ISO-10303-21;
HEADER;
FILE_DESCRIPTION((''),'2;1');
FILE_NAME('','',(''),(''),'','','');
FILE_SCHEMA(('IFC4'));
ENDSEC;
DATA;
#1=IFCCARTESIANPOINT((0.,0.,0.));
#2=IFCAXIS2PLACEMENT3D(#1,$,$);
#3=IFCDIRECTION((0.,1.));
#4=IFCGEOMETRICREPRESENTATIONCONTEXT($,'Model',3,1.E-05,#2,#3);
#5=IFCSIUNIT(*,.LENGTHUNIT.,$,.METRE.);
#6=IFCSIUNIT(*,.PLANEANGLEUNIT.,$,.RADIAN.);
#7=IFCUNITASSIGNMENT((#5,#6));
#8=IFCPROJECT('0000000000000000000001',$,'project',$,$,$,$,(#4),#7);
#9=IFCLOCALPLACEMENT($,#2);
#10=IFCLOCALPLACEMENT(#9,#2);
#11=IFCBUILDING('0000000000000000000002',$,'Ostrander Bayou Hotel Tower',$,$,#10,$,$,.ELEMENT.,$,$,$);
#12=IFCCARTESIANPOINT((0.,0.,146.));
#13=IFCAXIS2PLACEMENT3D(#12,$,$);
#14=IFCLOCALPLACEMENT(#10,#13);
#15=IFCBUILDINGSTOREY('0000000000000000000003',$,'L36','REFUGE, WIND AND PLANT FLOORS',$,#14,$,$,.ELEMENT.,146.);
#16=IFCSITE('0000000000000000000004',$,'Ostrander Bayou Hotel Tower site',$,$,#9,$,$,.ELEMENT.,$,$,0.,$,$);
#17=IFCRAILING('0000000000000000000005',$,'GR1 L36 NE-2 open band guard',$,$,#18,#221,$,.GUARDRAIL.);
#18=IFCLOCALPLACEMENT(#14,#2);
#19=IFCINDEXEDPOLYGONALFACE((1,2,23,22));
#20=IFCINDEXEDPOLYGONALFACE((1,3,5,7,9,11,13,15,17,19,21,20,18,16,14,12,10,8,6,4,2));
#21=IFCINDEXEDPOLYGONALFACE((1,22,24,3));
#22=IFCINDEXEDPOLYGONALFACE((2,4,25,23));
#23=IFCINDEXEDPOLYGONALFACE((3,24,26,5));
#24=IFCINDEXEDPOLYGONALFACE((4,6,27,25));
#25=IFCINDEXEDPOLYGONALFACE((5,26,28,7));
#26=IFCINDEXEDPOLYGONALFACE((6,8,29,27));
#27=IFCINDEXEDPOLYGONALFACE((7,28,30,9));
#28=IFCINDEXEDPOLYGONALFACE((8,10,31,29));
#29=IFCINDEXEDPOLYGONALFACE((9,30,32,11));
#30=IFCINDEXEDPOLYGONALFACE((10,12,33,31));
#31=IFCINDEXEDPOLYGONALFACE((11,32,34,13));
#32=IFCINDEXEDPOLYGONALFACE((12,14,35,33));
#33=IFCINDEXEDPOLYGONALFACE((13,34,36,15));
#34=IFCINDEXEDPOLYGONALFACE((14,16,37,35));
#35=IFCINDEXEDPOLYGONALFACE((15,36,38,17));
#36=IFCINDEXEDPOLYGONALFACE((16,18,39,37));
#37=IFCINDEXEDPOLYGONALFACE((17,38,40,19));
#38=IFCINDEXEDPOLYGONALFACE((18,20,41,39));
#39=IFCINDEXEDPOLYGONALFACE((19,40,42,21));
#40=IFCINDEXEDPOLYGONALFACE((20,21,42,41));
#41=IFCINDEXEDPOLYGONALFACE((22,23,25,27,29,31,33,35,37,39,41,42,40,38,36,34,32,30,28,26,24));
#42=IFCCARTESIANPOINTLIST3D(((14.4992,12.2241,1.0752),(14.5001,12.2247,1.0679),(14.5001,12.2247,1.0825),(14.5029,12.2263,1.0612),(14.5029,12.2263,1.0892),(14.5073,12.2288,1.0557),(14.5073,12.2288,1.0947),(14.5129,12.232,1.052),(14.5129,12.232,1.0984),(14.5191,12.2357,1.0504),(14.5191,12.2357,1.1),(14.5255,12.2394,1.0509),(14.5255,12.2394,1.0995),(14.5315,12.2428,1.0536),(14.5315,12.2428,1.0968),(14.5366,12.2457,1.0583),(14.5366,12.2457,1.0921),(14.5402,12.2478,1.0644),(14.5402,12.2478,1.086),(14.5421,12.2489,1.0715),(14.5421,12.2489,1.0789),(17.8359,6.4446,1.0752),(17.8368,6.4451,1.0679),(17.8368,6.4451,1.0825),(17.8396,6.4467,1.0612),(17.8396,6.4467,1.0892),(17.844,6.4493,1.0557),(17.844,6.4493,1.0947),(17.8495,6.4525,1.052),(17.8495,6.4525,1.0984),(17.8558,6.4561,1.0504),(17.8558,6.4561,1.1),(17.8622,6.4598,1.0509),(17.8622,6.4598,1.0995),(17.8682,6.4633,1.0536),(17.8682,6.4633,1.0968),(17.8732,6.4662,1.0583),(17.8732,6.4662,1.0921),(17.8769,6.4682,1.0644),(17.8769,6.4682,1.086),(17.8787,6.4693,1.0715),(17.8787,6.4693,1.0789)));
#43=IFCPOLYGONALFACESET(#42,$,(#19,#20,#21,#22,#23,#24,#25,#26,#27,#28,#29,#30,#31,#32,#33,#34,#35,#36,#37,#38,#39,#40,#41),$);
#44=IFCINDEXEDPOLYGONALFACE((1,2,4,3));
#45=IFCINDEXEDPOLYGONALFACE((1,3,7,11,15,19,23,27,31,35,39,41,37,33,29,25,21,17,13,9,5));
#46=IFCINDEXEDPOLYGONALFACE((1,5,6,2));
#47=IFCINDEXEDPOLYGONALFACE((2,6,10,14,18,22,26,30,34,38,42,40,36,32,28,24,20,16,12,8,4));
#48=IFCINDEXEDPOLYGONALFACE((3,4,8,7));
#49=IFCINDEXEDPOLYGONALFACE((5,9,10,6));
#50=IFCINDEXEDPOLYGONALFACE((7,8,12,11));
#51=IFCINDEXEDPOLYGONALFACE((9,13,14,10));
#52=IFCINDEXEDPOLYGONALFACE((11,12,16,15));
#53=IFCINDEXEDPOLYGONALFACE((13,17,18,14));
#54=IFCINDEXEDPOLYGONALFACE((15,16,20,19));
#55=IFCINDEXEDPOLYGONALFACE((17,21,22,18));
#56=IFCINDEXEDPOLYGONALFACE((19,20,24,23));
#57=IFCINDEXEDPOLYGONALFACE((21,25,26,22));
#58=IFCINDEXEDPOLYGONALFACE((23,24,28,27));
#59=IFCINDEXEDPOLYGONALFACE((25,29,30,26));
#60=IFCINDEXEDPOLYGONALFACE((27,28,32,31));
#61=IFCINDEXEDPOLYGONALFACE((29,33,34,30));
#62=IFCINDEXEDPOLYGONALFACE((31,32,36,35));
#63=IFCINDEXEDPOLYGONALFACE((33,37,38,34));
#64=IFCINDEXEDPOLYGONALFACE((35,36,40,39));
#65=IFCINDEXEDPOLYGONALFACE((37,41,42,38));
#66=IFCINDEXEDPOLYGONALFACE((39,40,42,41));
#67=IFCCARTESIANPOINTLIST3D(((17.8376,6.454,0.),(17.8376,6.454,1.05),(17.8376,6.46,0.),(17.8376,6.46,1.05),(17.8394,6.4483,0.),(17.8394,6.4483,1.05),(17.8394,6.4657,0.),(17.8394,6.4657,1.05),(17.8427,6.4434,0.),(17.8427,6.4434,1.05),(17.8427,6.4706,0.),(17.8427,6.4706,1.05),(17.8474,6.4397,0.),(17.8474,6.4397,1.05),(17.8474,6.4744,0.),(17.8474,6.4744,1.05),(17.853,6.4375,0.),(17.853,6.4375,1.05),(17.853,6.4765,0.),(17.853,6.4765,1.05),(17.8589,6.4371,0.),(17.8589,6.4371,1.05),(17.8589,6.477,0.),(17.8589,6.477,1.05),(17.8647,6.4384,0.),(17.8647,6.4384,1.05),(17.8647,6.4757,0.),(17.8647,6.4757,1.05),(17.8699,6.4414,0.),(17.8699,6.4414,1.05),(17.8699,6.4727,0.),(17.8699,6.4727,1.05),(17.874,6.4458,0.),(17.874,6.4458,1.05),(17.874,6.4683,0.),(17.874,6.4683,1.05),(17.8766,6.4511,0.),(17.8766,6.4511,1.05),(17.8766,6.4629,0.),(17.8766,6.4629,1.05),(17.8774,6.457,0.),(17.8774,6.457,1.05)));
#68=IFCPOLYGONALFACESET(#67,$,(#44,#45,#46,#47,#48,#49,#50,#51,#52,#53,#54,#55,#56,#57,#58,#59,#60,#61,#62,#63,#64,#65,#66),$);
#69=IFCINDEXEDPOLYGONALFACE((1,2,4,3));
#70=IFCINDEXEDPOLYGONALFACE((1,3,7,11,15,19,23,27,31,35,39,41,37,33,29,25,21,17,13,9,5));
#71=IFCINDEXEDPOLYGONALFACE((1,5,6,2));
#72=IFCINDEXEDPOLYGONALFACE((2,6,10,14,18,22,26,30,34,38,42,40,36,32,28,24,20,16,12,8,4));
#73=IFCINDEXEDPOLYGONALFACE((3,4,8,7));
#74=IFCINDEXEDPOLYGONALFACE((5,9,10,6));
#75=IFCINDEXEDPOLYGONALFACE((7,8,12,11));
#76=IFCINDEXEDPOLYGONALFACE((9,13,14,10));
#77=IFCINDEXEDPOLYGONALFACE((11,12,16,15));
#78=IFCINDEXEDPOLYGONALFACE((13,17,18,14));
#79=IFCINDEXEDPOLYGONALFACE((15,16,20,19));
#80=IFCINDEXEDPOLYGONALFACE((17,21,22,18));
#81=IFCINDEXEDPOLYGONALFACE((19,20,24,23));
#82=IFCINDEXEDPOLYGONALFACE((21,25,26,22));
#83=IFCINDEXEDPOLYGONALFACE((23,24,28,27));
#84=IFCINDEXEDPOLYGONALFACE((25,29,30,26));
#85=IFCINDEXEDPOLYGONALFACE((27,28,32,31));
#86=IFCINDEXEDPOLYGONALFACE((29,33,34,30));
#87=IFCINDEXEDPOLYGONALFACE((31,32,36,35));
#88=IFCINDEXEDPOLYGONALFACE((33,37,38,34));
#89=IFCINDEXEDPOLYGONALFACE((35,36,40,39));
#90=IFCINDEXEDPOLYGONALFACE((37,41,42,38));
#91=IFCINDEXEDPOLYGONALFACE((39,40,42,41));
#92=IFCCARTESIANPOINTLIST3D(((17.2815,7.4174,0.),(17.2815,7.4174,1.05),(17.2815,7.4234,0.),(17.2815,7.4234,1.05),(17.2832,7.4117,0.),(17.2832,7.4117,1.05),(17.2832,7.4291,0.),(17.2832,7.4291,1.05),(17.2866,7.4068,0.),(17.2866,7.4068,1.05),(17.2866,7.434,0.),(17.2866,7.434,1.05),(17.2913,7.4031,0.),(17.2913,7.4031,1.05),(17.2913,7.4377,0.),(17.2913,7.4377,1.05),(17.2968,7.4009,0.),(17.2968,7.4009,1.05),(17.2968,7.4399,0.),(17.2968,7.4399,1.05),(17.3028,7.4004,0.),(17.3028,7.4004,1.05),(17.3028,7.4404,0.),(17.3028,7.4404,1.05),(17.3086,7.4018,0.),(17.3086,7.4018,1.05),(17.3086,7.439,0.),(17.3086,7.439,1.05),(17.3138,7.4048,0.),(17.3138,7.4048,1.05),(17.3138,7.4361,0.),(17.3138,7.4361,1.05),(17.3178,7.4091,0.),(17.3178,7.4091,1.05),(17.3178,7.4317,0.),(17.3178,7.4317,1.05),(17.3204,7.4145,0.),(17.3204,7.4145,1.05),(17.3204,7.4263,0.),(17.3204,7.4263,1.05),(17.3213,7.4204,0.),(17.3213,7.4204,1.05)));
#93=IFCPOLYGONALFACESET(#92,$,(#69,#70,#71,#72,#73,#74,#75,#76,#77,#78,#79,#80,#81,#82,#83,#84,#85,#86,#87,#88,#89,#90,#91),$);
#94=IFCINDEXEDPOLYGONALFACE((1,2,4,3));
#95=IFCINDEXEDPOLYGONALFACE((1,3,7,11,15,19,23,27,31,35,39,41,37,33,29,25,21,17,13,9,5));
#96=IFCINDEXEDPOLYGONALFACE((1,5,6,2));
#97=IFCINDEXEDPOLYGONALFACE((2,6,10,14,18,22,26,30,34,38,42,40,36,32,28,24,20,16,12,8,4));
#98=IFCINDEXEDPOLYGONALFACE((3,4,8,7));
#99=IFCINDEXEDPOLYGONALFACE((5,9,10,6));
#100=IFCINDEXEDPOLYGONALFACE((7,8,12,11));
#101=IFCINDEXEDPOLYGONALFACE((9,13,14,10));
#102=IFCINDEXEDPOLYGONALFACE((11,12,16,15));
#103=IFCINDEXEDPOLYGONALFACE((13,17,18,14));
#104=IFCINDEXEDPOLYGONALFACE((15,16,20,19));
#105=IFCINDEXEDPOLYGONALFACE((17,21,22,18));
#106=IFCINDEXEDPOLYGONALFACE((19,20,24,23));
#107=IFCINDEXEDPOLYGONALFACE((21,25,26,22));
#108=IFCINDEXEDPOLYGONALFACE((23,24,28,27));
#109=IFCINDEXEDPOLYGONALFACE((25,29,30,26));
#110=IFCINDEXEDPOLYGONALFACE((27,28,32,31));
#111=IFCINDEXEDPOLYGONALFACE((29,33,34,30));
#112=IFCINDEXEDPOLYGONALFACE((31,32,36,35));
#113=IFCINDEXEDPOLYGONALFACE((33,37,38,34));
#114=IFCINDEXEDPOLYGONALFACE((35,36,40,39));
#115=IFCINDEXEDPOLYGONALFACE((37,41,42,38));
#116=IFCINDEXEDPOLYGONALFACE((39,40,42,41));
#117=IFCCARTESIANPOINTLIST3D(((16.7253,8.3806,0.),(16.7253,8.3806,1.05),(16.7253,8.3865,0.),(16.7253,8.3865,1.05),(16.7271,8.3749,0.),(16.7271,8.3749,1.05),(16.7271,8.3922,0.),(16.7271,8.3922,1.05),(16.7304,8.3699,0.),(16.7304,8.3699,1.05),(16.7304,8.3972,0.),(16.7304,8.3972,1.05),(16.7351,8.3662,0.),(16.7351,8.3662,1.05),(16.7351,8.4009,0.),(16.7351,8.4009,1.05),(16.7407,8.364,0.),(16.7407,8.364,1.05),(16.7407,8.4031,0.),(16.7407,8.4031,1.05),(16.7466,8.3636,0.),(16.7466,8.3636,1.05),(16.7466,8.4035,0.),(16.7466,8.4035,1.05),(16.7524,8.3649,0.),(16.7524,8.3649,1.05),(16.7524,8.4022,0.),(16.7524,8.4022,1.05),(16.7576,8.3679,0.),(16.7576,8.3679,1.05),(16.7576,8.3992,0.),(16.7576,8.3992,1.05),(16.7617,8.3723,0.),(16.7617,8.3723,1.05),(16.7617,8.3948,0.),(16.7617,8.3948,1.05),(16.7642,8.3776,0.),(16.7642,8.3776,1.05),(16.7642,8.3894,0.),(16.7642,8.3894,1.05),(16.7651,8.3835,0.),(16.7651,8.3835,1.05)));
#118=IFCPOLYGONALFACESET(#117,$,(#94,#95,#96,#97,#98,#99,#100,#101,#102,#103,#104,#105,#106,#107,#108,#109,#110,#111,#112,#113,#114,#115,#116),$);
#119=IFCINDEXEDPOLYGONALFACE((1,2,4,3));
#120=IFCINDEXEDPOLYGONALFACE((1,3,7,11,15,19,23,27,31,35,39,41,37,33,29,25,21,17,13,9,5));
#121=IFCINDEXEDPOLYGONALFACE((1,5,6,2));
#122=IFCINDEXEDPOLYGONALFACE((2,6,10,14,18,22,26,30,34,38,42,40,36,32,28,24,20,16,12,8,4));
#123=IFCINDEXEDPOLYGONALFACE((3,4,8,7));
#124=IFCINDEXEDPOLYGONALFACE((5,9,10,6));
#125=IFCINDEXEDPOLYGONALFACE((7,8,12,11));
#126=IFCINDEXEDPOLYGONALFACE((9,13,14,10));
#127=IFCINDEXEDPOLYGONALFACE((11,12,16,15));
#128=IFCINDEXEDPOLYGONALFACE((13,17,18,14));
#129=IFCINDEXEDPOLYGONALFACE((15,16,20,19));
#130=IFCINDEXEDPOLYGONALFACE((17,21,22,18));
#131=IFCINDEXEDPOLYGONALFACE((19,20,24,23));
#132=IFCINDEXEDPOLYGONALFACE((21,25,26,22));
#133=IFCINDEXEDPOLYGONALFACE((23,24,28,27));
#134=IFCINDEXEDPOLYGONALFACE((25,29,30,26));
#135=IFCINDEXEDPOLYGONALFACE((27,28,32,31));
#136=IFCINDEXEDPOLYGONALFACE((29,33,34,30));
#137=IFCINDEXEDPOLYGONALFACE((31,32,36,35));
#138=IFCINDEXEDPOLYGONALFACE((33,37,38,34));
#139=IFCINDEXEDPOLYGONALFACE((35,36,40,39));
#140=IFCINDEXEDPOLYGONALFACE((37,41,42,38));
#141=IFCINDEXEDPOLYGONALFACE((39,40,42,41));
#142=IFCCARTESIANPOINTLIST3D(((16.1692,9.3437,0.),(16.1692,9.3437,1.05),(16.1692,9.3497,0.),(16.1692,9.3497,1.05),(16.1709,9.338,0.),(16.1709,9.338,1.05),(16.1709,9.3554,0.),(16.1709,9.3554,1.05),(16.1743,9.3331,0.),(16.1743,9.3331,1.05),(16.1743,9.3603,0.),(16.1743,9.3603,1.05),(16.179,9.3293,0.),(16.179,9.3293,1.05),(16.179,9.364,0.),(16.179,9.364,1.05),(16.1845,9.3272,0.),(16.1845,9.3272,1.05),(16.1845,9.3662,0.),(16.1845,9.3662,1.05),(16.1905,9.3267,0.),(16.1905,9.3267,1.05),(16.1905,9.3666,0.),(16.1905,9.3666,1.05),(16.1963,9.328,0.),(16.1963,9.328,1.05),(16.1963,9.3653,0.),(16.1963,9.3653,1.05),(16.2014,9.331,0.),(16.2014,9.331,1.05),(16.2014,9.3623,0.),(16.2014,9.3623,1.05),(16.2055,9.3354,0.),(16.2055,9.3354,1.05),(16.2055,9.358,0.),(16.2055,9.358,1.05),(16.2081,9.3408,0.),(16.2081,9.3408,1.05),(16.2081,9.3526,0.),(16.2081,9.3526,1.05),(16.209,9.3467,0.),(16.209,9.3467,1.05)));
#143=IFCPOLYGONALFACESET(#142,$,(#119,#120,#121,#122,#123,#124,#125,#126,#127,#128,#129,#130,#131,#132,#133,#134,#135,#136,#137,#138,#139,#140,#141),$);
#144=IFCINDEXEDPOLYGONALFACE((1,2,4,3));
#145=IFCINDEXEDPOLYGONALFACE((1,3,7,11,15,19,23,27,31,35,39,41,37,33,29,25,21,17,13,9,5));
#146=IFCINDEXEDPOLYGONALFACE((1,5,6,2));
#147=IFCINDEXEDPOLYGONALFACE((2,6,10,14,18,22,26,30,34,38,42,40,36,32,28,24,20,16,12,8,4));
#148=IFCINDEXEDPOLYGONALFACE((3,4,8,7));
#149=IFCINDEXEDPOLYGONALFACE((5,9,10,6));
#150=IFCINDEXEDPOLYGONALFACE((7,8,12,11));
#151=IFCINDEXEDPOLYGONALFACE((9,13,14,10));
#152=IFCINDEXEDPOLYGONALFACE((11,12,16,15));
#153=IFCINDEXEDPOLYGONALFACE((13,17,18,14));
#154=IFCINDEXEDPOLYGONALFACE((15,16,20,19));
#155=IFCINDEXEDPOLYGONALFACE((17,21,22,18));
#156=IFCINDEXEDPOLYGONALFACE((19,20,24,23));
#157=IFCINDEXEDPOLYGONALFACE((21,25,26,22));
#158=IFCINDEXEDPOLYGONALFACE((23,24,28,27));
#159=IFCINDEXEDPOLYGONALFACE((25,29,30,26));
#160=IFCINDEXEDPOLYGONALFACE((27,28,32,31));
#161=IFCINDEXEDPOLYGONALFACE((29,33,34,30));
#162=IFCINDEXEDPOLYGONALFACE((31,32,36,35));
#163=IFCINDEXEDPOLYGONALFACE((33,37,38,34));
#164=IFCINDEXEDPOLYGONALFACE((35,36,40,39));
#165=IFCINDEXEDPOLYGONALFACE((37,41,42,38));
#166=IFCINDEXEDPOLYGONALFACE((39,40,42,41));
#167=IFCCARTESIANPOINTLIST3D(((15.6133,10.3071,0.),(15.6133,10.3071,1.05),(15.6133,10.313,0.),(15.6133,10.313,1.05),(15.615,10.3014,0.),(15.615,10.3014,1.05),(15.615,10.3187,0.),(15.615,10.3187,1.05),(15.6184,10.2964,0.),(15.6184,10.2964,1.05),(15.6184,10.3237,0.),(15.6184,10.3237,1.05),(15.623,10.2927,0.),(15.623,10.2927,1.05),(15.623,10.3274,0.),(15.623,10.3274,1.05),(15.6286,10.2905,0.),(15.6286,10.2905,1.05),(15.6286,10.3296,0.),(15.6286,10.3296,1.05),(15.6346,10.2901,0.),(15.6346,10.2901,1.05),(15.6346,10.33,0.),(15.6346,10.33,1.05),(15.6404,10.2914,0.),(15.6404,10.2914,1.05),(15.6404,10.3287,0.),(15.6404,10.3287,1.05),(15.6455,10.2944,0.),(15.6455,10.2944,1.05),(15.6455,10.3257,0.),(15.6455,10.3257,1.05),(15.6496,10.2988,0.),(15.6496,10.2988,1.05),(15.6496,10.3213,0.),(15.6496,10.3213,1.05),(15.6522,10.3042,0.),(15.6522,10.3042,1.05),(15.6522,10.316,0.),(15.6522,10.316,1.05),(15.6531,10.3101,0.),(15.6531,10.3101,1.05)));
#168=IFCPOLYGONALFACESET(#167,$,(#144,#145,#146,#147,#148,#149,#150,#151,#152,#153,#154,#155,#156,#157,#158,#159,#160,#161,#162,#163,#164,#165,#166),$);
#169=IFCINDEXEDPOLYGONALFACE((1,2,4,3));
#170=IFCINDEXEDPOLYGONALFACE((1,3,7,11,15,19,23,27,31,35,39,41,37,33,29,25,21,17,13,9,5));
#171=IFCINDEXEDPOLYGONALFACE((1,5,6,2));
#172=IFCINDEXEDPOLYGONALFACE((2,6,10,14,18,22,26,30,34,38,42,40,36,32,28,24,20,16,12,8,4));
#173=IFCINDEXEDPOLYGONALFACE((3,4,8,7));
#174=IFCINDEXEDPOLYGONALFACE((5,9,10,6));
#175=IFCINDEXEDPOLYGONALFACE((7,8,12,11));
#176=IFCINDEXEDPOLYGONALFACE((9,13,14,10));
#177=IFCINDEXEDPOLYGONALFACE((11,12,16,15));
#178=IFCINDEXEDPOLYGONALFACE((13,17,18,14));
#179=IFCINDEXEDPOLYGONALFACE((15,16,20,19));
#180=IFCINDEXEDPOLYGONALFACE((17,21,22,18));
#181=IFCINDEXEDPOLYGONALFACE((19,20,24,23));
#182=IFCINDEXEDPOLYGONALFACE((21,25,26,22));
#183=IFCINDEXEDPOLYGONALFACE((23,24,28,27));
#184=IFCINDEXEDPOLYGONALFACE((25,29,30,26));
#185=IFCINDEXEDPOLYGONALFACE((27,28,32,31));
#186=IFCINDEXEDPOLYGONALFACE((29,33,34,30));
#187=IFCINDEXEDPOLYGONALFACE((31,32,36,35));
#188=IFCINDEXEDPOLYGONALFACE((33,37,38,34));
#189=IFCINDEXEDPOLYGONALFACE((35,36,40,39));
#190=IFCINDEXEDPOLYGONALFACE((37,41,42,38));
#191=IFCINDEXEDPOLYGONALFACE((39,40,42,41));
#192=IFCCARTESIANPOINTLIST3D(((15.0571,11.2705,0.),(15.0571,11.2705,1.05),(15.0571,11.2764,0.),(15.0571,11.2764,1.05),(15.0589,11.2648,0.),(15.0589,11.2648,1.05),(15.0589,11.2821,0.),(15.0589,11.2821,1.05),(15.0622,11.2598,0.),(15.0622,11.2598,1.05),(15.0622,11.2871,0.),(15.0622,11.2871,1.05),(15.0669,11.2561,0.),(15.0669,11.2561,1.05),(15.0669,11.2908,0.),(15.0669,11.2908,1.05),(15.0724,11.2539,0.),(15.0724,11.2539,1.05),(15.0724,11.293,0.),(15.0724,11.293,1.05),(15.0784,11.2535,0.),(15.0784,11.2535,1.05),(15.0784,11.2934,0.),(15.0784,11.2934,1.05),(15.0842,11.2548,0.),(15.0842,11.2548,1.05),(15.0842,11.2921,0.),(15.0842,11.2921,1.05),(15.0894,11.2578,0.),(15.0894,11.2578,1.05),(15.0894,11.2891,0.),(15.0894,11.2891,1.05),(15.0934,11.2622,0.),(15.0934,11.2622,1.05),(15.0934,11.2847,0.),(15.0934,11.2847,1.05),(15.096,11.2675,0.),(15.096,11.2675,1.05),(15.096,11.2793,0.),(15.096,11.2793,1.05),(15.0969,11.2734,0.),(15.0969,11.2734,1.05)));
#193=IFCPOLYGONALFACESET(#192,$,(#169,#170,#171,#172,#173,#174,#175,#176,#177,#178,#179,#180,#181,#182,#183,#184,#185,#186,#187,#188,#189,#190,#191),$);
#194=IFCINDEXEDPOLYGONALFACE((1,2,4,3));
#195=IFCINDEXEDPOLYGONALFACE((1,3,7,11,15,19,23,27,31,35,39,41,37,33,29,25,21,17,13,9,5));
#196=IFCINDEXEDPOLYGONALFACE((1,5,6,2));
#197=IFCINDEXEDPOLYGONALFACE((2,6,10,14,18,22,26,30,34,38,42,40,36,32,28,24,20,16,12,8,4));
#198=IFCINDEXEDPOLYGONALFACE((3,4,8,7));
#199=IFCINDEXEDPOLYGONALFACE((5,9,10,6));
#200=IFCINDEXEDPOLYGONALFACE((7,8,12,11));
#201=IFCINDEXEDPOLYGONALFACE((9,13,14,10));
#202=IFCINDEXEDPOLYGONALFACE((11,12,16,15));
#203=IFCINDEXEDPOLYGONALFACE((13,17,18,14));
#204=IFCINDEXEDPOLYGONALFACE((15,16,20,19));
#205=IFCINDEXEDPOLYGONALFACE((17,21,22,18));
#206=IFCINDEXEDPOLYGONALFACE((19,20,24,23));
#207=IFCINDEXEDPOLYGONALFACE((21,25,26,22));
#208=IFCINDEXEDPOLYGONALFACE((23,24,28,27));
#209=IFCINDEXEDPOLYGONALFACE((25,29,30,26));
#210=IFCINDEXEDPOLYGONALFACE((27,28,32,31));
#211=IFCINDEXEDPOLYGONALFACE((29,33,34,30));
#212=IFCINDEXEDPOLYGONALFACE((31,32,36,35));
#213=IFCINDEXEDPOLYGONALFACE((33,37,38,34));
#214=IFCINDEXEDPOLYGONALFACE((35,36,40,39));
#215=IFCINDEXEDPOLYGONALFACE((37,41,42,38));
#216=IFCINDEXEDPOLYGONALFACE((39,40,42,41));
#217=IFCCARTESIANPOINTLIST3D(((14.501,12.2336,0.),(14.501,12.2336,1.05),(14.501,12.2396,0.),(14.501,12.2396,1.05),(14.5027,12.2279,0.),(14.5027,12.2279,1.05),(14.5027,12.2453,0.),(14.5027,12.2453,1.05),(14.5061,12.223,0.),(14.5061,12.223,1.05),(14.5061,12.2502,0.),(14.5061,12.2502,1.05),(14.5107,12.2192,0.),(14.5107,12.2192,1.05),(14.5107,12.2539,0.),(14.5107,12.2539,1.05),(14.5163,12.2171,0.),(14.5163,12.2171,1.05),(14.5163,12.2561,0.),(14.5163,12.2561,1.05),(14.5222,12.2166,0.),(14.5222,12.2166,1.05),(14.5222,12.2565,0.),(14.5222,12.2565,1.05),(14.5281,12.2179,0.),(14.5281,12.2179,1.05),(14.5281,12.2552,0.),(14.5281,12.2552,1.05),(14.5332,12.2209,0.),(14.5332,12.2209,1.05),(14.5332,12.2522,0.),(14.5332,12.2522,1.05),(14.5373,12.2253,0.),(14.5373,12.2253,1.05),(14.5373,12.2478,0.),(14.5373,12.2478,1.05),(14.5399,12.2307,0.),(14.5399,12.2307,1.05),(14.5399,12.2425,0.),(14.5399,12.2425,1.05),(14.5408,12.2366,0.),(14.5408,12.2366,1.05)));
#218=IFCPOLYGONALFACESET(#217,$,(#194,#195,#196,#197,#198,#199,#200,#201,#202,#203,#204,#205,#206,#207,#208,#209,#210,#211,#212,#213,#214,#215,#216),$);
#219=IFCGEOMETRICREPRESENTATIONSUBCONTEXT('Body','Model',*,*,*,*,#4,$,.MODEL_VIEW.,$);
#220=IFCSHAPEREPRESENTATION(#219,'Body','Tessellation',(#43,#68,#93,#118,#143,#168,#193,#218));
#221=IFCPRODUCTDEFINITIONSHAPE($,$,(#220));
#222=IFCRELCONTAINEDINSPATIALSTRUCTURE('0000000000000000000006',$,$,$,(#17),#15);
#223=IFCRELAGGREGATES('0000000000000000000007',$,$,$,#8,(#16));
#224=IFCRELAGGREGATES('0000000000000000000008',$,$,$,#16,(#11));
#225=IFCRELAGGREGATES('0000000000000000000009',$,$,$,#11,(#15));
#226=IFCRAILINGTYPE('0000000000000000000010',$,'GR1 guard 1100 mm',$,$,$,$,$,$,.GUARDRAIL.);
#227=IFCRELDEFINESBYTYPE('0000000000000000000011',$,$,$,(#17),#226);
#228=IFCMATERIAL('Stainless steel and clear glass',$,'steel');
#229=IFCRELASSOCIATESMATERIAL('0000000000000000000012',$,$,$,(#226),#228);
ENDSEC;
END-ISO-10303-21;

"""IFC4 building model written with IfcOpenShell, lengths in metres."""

from ifc_helpers import new_model, si_unit, direction, frame, origin, origin_2d, place, context, subcontext, project, spatial, circle, extrude, material, type_object, element, save


model = new_model("IFC4")

# Units and contexts
model_context = context("Model", 3, precision=1e-05, world=origin(), true_north=direction((0.0, 1.0)))
body_context = subcontext(model_context, "Body", "Model", "MODEL_VIEW")
ifc_project = project(units=[si_unit("LENGTHUNIT", "METRE"), si_unit("PLANEANGLEUNIT", "RADIAN")], contexts=[model_context])

# Site, building, storey
site_placement = place(None, origin())
site = spatial("IfcSite", under=ifc_project, at=site_placement, Name="Ostrander Bayou Hotel Tower site", CompositionType="ELEMENT", RefElevation=0.0)
building_placement = place(site_placement, origin())
building = spatial("IfcBuilding", under=site, at=building_placement, Name="Ostrander Bayou Hotel Tower", CompositionType="ELEMENT")
storey_placement = place(building_placement, frame((0.0, 0.0, 146.0)))
storey = spatial("IfcBuildingStorey", under=building, at=storey_placement, Name="L36", Description="REFUGE, WIND AND PLANT FLOORS", CompositionType="ELEMENT", Elevation=146.0)

# Railing
ifc_material_1 = material(Name="Stainless steel and clear glass", Category="steel")
railing_type = type_object("IfcRailingType", Name="GR1 guard 1100 mm", PredefinedType="GUARDRAIL", material=ifc_material_1)
railing_placement = place(storey_placement, frame((17.8574, 6.457, 0.0)))
element("IfcRailing", 1, at=railing_placement, inside=storey, type_object=railing_type, Name="GR1 L36 NE-2 open band guard", PredefinedType="GUARDRAIL", context=body_context, shape_type="SweptSolid", body=[
    extrude(circle(Radius=0.0249, at=origin_2d()), frame((0.0, 0.0, 1.0752), z_axis=(-0.499983, 0.866035, 0.0), x_axis=(-0.866035, -0.499983, 0.0)), (0.0, 0.0, 1.0), 6.6736),
    extrude(circle(Radius=0.02, at=origin_2d()), origin(), (0.0, 0.0, 1.0), 1.05),
    extrude(circle(Radius=0.02, at=origin_2d()), frame((-0.5562, 0.9634, 0.0)), (0.0, 0.0, 1.0), 1.05),
    extrude(circle(Radius=0.02, at=origin_2d()), frame((-1.1123, 1.9265, 0.0)), (0.0, 0.0, 1.0), 1.05),
    extrude(circle(Radius=0.02, at=origin_2d()), frame((-1.6685, 2.8896, 0.0)), (0.0, 0.0, 1.0), 1.05),
    extrude(circle(Radius=0.02, at=origin_2d()), frame((-2.2244, 3.853, 0.0)), (0.0, 0.0, 1.0), 1.05),
    extrude(circle(Radius=0.02, at=origin_2d()), frame((-2.7805, 4.8164, 0.0)), (0.0, 0.0, 1.0), 1.05),
    extrude(circle(Radius=0.02, at=origin_2d()), frame((-3.3367, 5.7795, 0.0)), (0.0, 0.0, 1.0), 1.05),
])

save(model, "model.ifc")
